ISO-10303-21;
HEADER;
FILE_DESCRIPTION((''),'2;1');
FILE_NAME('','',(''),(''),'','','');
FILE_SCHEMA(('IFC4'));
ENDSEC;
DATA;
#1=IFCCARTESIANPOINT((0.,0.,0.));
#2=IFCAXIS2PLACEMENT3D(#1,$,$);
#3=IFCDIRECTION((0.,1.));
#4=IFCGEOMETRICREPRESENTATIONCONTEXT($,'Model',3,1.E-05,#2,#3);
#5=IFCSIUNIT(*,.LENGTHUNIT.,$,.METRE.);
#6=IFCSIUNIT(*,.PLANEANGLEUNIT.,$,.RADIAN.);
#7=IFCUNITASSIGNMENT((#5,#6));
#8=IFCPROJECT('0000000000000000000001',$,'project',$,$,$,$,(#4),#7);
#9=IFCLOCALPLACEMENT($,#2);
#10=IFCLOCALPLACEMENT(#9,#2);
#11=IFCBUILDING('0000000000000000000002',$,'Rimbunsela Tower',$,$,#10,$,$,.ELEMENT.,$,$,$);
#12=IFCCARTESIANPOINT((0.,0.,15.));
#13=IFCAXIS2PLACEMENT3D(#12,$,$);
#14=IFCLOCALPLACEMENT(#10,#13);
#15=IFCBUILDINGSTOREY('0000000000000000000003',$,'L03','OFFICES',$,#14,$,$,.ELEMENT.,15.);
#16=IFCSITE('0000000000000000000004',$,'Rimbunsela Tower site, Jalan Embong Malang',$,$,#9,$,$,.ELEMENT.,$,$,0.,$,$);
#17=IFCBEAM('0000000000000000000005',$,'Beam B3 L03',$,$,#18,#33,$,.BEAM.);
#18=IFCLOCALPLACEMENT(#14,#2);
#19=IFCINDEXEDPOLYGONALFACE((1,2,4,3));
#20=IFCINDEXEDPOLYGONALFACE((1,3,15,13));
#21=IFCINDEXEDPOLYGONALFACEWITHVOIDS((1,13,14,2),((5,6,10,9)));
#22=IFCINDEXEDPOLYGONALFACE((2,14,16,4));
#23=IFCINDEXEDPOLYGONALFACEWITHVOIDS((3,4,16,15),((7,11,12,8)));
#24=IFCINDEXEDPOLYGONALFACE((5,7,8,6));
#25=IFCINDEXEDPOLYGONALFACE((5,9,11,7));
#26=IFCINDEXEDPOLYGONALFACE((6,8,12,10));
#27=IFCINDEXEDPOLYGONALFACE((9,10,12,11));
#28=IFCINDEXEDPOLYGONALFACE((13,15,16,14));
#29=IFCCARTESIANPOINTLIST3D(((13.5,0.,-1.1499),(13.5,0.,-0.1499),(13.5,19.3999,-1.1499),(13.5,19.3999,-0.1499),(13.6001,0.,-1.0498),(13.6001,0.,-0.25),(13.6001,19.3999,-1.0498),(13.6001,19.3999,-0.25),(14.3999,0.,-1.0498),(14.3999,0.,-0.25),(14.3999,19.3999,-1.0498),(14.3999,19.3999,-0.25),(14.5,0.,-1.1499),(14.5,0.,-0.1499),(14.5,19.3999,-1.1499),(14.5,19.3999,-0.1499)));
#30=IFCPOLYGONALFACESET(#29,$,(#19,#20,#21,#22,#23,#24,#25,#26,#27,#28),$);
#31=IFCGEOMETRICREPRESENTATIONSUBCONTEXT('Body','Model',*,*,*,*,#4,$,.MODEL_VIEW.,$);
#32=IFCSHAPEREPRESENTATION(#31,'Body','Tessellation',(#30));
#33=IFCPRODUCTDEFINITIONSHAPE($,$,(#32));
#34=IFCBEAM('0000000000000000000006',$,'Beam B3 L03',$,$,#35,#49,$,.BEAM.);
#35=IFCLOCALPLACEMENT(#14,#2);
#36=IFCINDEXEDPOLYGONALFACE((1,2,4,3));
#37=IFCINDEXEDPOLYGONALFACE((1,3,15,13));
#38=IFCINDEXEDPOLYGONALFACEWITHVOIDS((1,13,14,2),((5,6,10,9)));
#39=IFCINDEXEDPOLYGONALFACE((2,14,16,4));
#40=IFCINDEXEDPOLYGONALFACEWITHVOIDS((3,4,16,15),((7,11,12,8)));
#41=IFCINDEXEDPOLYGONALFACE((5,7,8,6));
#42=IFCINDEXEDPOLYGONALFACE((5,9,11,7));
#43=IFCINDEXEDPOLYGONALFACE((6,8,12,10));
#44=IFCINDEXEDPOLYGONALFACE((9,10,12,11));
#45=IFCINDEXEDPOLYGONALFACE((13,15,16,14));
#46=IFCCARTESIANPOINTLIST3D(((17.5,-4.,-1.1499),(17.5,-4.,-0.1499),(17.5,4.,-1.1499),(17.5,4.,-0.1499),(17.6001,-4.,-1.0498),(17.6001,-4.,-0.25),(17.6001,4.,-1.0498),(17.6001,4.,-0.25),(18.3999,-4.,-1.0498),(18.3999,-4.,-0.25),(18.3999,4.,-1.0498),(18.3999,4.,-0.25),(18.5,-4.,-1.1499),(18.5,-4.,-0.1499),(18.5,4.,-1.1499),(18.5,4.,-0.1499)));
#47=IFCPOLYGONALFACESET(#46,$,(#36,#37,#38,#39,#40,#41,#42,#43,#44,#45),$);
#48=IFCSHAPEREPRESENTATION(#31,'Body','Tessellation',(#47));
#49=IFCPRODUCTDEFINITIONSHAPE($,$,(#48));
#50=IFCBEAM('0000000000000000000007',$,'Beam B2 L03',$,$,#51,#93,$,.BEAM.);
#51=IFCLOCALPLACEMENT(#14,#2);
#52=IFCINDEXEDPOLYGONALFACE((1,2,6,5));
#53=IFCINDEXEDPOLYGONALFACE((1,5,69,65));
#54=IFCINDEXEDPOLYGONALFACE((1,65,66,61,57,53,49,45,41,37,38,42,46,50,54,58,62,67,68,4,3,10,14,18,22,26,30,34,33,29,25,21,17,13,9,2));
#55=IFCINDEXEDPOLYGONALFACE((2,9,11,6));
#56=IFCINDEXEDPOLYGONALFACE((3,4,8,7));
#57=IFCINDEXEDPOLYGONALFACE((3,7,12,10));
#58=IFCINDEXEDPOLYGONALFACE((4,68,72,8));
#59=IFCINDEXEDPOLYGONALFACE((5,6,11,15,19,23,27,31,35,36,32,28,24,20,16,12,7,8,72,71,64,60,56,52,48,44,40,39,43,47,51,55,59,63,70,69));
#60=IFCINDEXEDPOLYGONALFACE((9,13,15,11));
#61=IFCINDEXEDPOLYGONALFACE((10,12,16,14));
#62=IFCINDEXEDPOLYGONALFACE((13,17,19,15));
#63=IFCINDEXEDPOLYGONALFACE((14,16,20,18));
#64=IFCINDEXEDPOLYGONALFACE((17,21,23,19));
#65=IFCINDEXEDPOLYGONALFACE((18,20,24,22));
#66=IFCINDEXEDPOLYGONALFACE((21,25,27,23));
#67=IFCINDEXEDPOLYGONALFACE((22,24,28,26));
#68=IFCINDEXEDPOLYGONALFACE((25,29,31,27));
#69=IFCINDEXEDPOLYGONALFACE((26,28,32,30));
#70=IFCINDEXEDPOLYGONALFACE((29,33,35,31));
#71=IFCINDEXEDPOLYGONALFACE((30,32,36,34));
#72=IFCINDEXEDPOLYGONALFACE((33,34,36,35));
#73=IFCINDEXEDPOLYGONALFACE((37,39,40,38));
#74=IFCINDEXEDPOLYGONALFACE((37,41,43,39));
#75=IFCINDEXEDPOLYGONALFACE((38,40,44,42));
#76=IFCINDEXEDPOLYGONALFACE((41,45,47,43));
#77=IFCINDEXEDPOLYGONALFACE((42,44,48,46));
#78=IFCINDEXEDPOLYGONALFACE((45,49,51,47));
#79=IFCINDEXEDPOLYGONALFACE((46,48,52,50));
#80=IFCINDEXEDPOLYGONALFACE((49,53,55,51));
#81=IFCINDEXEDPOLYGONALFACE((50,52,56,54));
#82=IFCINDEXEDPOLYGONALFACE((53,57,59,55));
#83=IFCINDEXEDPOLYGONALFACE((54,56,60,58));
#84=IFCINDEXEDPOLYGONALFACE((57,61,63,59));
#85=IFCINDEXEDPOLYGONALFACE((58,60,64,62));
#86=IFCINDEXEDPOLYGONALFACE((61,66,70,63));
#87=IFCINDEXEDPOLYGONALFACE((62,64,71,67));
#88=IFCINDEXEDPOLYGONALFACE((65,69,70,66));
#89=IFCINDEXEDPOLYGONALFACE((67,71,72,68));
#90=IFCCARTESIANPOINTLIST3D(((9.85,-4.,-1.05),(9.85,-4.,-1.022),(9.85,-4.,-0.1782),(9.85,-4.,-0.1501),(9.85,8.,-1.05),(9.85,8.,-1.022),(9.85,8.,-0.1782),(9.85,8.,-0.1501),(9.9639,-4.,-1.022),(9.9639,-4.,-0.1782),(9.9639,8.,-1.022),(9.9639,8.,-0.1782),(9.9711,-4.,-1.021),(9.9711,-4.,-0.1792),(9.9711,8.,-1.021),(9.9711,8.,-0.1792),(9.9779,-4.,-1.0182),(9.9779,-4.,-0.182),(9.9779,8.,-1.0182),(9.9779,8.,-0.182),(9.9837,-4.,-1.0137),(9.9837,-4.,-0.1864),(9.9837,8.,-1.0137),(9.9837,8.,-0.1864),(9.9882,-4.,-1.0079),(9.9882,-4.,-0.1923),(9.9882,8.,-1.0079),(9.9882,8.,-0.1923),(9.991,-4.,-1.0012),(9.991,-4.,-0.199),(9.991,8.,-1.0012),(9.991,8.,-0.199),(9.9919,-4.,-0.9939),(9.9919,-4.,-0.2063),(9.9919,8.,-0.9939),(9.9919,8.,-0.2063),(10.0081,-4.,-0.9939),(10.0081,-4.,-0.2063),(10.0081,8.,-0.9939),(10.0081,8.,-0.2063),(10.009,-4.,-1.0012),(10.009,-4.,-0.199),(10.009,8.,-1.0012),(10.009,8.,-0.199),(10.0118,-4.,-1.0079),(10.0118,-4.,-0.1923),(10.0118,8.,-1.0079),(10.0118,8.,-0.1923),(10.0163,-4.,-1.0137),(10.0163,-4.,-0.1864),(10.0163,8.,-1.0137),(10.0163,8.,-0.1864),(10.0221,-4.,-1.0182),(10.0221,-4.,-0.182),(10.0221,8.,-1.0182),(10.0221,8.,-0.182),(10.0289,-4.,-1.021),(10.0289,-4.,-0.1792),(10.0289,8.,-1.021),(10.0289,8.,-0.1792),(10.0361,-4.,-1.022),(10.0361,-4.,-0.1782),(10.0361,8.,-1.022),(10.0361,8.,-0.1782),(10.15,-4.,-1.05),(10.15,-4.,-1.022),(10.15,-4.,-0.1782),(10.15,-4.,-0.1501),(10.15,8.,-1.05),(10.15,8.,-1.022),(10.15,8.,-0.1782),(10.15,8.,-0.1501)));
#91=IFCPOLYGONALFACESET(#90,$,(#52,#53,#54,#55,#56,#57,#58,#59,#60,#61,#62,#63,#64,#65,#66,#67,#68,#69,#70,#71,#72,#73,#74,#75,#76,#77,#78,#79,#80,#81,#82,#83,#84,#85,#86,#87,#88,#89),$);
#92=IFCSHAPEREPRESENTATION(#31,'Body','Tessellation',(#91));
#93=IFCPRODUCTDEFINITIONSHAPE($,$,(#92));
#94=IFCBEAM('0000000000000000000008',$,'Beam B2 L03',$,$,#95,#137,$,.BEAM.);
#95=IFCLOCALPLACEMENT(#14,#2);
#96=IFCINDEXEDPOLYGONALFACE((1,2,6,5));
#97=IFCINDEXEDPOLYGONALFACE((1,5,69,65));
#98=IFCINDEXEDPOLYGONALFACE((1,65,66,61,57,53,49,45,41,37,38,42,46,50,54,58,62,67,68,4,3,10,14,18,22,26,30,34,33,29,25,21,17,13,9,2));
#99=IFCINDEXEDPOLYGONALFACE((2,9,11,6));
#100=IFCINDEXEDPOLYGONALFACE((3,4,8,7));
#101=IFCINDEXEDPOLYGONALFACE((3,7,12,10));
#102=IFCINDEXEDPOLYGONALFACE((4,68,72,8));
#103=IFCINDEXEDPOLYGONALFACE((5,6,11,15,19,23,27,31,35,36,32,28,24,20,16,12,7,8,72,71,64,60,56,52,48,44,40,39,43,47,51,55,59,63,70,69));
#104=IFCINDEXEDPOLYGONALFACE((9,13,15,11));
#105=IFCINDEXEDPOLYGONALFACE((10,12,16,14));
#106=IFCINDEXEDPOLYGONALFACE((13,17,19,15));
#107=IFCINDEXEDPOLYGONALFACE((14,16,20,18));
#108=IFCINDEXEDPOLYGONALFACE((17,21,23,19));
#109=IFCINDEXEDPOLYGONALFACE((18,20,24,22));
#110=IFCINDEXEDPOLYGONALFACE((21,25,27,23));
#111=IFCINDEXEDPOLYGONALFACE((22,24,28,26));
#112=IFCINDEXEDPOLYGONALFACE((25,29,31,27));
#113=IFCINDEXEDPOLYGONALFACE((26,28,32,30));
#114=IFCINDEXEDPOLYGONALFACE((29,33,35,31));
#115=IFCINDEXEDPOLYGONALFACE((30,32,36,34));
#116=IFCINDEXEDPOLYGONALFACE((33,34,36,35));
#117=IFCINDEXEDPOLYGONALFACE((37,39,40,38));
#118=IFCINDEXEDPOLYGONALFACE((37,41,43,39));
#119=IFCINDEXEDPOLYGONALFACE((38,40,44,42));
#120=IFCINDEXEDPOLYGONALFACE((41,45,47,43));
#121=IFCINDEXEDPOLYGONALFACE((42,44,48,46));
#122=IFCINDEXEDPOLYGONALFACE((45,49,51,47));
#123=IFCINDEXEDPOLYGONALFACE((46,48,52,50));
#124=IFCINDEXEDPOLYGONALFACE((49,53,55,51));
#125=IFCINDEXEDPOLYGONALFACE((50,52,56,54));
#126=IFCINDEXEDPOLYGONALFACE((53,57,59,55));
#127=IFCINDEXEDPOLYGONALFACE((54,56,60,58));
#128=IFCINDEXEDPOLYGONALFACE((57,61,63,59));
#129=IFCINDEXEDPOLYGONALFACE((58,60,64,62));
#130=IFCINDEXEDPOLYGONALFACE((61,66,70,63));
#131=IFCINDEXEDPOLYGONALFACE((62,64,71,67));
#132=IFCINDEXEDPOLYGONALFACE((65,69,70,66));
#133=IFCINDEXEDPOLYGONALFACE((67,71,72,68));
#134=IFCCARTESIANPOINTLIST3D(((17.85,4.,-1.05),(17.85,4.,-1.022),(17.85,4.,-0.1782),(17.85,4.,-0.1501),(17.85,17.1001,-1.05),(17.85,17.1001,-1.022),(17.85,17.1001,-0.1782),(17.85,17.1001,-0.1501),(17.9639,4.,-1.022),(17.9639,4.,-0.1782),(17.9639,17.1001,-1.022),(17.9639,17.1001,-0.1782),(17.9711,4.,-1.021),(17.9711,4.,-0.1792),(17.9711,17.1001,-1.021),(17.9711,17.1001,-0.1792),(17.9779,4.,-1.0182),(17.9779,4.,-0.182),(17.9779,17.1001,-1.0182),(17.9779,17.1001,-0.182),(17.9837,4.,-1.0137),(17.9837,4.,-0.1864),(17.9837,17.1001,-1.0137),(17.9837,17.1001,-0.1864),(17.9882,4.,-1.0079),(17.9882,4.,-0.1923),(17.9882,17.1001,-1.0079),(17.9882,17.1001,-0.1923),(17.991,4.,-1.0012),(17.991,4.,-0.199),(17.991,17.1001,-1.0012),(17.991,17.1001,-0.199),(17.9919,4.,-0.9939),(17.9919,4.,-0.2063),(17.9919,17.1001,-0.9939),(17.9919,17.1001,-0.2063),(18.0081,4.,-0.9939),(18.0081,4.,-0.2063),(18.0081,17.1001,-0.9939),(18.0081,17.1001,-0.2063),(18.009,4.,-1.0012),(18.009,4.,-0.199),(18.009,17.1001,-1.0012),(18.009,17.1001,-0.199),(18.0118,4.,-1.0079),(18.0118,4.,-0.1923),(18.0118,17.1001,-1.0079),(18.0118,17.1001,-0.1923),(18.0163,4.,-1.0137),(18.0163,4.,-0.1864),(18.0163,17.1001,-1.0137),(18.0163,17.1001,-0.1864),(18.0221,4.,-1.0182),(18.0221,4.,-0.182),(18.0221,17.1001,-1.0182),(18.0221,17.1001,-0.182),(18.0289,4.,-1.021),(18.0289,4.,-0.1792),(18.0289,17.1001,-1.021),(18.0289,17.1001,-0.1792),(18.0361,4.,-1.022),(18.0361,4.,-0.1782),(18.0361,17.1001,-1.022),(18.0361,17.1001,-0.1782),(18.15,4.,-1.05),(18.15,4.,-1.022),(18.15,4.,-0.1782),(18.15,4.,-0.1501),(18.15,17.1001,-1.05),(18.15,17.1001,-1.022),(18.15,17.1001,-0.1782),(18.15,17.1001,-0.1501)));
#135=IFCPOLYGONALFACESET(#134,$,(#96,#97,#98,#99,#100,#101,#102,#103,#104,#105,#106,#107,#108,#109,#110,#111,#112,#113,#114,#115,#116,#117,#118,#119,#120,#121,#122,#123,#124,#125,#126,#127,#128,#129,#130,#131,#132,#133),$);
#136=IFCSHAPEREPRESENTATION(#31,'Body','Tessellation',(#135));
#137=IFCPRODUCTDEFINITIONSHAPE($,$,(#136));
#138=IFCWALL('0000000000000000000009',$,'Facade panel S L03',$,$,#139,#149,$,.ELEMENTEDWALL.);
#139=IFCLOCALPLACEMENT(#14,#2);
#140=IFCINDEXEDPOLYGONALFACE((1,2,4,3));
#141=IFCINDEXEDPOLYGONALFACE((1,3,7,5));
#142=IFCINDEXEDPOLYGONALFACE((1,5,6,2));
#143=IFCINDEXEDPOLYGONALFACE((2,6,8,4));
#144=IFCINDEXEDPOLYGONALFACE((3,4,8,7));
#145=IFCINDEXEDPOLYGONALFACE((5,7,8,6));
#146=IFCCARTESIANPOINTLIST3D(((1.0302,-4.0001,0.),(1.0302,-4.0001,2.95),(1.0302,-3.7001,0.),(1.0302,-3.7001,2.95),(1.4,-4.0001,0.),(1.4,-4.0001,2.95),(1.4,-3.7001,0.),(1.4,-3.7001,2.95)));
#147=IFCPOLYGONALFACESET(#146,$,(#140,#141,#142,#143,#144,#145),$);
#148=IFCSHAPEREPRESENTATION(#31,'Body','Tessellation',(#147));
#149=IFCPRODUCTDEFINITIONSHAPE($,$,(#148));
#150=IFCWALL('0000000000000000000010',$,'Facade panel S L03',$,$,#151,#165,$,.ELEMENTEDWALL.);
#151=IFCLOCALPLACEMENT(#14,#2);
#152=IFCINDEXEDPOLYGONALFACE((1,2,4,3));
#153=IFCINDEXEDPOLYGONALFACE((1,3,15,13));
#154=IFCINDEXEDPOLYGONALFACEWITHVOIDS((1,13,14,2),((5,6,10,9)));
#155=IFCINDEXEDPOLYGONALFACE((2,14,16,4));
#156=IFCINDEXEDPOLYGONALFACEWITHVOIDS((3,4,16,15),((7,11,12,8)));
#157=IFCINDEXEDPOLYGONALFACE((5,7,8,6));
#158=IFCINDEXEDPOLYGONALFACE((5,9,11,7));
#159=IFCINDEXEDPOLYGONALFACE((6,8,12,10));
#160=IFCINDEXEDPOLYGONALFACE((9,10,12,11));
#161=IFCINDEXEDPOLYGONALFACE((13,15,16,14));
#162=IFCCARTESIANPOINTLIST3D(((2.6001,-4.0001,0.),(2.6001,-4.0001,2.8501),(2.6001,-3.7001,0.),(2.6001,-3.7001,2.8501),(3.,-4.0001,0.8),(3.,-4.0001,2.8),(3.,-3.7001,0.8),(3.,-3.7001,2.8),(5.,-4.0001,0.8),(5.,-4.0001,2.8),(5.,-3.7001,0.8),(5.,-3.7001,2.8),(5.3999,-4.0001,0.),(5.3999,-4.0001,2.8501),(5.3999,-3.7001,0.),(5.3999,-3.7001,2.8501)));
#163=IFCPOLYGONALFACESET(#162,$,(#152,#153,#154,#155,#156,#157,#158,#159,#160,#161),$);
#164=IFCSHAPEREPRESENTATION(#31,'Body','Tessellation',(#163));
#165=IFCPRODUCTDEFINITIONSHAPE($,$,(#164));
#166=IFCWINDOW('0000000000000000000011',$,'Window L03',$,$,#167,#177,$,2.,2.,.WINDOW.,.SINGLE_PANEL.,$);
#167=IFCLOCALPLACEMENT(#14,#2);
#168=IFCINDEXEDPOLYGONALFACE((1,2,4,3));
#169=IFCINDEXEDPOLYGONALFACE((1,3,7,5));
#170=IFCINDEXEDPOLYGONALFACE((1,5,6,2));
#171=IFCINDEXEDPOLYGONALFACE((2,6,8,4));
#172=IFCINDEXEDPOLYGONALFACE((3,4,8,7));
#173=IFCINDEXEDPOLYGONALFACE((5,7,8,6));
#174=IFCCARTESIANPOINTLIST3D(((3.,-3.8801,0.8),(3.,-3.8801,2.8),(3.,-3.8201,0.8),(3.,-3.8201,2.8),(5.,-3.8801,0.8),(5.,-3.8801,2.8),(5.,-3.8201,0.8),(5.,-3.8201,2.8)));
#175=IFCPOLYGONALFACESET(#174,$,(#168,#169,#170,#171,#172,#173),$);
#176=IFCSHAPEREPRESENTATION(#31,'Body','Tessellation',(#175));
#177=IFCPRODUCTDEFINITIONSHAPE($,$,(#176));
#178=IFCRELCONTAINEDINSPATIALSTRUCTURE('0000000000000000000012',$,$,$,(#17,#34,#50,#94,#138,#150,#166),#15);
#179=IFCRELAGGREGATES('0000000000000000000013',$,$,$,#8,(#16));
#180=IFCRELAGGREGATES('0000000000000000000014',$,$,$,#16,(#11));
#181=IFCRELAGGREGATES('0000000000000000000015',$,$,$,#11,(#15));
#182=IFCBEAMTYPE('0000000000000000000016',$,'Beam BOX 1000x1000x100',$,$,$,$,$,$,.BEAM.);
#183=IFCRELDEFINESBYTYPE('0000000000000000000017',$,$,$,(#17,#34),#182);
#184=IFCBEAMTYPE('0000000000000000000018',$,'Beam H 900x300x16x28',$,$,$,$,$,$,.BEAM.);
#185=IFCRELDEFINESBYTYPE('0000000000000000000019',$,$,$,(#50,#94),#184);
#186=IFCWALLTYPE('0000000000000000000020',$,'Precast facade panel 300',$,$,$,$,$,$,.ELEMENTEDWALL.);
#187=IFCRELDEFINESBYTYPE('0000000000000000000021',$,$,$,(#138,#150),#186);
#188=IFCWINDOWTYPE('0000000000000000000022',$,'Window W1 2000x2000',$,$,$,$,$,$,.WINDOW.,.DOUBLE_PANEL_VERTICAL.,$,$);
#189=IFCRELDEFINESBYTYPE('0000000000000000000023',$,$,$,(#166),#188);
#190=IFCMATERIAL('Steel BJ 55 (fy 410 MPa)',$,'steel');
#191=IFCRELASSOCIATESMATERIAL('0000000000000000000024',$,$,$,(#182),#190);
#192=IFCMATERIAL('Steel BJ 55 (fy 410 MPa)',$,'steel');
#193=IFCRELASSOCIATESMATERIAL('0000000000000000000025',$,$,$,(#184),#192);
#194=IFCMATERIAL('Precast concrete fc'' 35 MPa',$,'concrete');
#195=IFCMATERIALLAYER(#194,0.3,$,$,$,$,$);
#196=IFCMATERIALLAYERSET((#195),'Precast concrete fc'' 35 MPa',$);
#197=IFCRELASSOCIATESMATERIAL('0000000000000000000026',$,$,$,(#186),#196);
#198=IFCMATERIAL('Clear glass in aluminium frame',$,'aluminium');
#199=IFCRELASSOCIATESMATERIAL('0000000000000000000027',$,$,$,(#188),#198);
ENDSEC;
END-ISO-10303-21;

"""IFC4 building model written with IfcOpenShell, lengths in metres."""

from ifc_helpers import new_model, si_unit, direction, frame, frame_2d, origin, origin_2d, place, context, subcontext, project, spatial, rectangle, hollow_rectangle, i_section, extrude, material, layer, layer_set, material_profile, profile_set, type_object, element, fill, save


model = new_model("IFC4")

# Units and contexts
model_context = context("Model", 3, precision=1e-05, world=origin(), true_north=direction((0.0, 1.0)))
body_context = subcontext(model_context, "Body", "Model", "MODEL_VIEW")
ifc_project = project(units=[si_unit("LENGTHUNIT", "METRE"), si_unit("PLANEANGLEUNIT", "RADIAN")], contexts=[model_context])

# Site, building, storey
site_placement = place(None, origin())
site = spatial("IfcSite", under=ifc_project, at=site_placement, Name="Rimbunsela Tower site, Jalan Embong Malang", CompositionType="ELEMENT", RefElevation=0.0)
building_placement = place(site_placement, origin())
building = spatial("IfcBuilding", under=site, at=building_placement, Name="Rimbunsela Tower", CompositionType="ELEMENT")
storey_placement = place(building_placement, frame((0.0, 0.0, 15.0)))
storey = spatial("IfcBuildingStorey", under=building, at=storey_placement, Name="L03", Description="OFFICES", CompositionType="ELEMENT", Elevation=15.0)

# Beams
ifc_material_1 = material(Name="Steel BJ 55 (fy 410 MPa)", Category="steel")
ifc_material_profile_1 = material_profile(ifc_material_1, hollow_rectangle(XDim=1.0, YDim=1.0, WallThickness=0.1001, at=origin_2d()), Name="BOX 1000x1000x100")
ifc_profile_set_1 = profile_set([ifc_material_profile_1], Name="Steel BJ 55 (fy 410 MPa)")
beam_type_1 = type_object("IfcBeamType", Name="Beam BOX 1000x1000x100", PredefinedType="BEAM", material=ifc_profile_set_1)
beam_1_placement = place(storey_placement, frame((14.0, 0.0, -0.6499), z_axis=(0.0, 1.0, 0.0), x_axis=(-1.0, 0.0, 0.0)))
element("IfcBeam", 1, at=beam_1_placement, inside=storey, type_object=beam_type_1, Name="Beam B3 L03", PredefinedType="BEAM", context=body_context, shape_type="SweptSolid", body=[
    extrude(hollow_rectangle(XDim=1.0, YDim=1.0, WallThickness=0.1001, at=origin_2d()), origin(), (0.0, 0.0, 1.0), 19.3999),
])
beam_2_placement = place(storey_placement, frame((18.0, -4.0, -0.6499), z_axis=(0.0, 1.0, 0.0), x_axis=(-1.0, 0.0, 0.0)))
element("IfcBeam", 2, at=beam_2_placement, inside=storey, type_object=beam_type_1, Name="Beam B3 L03", PredefinedType="BEAM", context=body_context, shape_type="SweptSolid", body=[
    extrude(hollow_rectangle(XDim=1.0, YDim=1.0, WallThickness=0.1001, at=origin_2d()), origin(), (0.0, 0.0, 1.0), 8.0),
])
ifc_material_2 = material(Name="Steel BJ 55 (fy 410 MPa)", Category="steel")
ifc_material_profile_2 = material_profile(ifc_material_2, i_section(OverallWidth=0.3, OverallDepth=0.8999, WebThickness=0.0161, FlangeThickness=0.0281, FilletRadius=0.0281, at=origin_2d()), Name="H 900x300x16x28")
ifc_profile_set_2 = profile_set([ifc_material_profile_2], Name="Steel BJ 55 (fy 410 MPa)")
beam_type_2 = type_object("IfcBeamType", Name="Beam H 900x300x16x28", PredefinedType="BEAM", material=ifc_profile_set_2)
beam_3_placement = place(storey_placement, frame((10.0, -4.0, -0.6001), z_axis=(0.0, 1.0, 0.0), x_axis=(-1.0, 0.0, 0.0)))
element("IfcBeam", 3, at=beam_3_placement, inside=storey, type_object=beam_type_2, Name="Beam B2 L03", PredefinedType="BEAM", context=body_context, shape_type="SweptSolid", body=[
    extrude(i_section(OverallWidth=0.3, OverallDepth=0.8999, WebThickness=0.0161, FlangeThickness=0.0281, FilletRadius=0.0281, at=origin_2d()), origin(), (0.0, 0.0, 1.0), 12.0),
])
beam_4_placement = place(storey_placement, frame((18.0, 4.0, -0.6001), z_axis=(0.0, 1.0, 0.0), x_axis=(-1.0, 0.0, 0.0)))
element("IfcBeam", 4, at=beam_4_placement, inside=storey, type_object=beam_type_2, Name="Beam B2 L03", PredefinedType="BEAM", context=body_context, shape_type="SweptSolid", body=[
    extrude(i_section(OverallWidth=0.3, OverallDepth=0.8999, WebThickness=0.0161, FlangeThickness=0.0281, FilletRadius=0.0281, at=origin_2d()), origin(), (0.0, 0.0, 1.0), 13.1001),
])

# Wall
ifc_material_3 = material(Name="Precast concrete fc' 35 MPa", Category="concrete")
ifc_layer_1 = layer(ifc_material_3, 0.3)
ifc_layer_set_1 = layer_set([ifc_layer_1], Name="Precast concrete fc' 35 MPa")
wall_type = type_object("IfcWallType", Name="Precast facade panel 300", PredefinedType="ELEMENTEDWALL", material=ifc_layer_set_1)
wall_1_placement = place(storey_placement, frame((1.03, -3.8501, 0.0), z_axis=(0.0, 0.0, 1.0), x_axis=(1.0, 0.0, 0.0)))
element("IfcWall", 5, at=wall_1_placement, inside=storey, type_object=wall_type, Name="Facade panel S L03", PredefinedType="ELEMENTEDWALL", context=body_context, shape_type="SweptSolid", body=[
    extrude(rectangle(XDim=0.3699, YDim=0.3, at=frame_2d((0.1851, 0.0))), origin(), (0.0, 0.0, 1.0), 2.95),
])

# Wall, opening, window
wall_2_placement = place(storey_placement, frame((2.6001, -3.8501, 0.0), z_axis=(0.0, 0.0, 1.0), x_axis=(1.0, 0.0, 0.0)))
wall_2 = element("IfcWall", 6, at=wall_2_placement, inside=storey, type_object=wall_type, Name="Facade panel S L03", PredefinedType="ELEMENTEDWALL", context=body_context, shape_type="SweptSolid", body=[
    extrude(rectangle(XDim=2.7998, YDim=0.3, at=frame_2d((1.3999, 0.0))), origin(), (0.0, 0.0, 1.0), 2.8501),
])
opening_1_placement = place(wall_2_placement, frame((0.3999, 0.0, 0.8)))
opening_1 = element("IfcOpeningElement", 7, at=opening_1_placement, cuts=wall_2, PredefinedType="OPENING", context=body_context, shape_type="SweptSolid", body=[
    extrude(rectangle(XDim=2.0, YDim=2.0, at=frame_2d((1.0, 1.0))), frame((0.0, 0.1599, 0.0), z_axis=(0.0, -1.0, 0.0), x_axis=(1.0, 0.0, 0.0)), (0.0, 0.0, 1.0), 0.3201),
])
ifc_material_4 = material(Name="Clear glass in aluminium frame", Category="aluminium")
window_type = type_object("IfcWindowType", Name="Window W1 2000x2000", PartitioningType="DOUBLE_PANEL_VERTICAL", PredefinedType="WINDOW", material=ifc_material_4)
window_1_placement = place(opening_1_placement, origin())
window_1 = element("IfcWindow", 8, at=window_1_placement, inside=storey, type_object=window_type, Name="Window L03", OverallHeight=2.0, OverallWidth=2.0, PartitioningType="SINGLE_PANEL", PredefinedType="WINDOW", context=body_context, shape_type="SweptSolid", body=[
    extrude(rectangle(XDim=2.0, YDim=2.0, at=frame_2d((1.0, 1.0))), frame((0.0, 0.03, 0.0), z_axis=(0.0, -1.0, 0.0), x_axis=(1.0, 0.0, 0.0)), (0.0, 0.0, 1.0), 0.0601),
])
fill(opening_1, window_1)

save(model, "model.ifc")
